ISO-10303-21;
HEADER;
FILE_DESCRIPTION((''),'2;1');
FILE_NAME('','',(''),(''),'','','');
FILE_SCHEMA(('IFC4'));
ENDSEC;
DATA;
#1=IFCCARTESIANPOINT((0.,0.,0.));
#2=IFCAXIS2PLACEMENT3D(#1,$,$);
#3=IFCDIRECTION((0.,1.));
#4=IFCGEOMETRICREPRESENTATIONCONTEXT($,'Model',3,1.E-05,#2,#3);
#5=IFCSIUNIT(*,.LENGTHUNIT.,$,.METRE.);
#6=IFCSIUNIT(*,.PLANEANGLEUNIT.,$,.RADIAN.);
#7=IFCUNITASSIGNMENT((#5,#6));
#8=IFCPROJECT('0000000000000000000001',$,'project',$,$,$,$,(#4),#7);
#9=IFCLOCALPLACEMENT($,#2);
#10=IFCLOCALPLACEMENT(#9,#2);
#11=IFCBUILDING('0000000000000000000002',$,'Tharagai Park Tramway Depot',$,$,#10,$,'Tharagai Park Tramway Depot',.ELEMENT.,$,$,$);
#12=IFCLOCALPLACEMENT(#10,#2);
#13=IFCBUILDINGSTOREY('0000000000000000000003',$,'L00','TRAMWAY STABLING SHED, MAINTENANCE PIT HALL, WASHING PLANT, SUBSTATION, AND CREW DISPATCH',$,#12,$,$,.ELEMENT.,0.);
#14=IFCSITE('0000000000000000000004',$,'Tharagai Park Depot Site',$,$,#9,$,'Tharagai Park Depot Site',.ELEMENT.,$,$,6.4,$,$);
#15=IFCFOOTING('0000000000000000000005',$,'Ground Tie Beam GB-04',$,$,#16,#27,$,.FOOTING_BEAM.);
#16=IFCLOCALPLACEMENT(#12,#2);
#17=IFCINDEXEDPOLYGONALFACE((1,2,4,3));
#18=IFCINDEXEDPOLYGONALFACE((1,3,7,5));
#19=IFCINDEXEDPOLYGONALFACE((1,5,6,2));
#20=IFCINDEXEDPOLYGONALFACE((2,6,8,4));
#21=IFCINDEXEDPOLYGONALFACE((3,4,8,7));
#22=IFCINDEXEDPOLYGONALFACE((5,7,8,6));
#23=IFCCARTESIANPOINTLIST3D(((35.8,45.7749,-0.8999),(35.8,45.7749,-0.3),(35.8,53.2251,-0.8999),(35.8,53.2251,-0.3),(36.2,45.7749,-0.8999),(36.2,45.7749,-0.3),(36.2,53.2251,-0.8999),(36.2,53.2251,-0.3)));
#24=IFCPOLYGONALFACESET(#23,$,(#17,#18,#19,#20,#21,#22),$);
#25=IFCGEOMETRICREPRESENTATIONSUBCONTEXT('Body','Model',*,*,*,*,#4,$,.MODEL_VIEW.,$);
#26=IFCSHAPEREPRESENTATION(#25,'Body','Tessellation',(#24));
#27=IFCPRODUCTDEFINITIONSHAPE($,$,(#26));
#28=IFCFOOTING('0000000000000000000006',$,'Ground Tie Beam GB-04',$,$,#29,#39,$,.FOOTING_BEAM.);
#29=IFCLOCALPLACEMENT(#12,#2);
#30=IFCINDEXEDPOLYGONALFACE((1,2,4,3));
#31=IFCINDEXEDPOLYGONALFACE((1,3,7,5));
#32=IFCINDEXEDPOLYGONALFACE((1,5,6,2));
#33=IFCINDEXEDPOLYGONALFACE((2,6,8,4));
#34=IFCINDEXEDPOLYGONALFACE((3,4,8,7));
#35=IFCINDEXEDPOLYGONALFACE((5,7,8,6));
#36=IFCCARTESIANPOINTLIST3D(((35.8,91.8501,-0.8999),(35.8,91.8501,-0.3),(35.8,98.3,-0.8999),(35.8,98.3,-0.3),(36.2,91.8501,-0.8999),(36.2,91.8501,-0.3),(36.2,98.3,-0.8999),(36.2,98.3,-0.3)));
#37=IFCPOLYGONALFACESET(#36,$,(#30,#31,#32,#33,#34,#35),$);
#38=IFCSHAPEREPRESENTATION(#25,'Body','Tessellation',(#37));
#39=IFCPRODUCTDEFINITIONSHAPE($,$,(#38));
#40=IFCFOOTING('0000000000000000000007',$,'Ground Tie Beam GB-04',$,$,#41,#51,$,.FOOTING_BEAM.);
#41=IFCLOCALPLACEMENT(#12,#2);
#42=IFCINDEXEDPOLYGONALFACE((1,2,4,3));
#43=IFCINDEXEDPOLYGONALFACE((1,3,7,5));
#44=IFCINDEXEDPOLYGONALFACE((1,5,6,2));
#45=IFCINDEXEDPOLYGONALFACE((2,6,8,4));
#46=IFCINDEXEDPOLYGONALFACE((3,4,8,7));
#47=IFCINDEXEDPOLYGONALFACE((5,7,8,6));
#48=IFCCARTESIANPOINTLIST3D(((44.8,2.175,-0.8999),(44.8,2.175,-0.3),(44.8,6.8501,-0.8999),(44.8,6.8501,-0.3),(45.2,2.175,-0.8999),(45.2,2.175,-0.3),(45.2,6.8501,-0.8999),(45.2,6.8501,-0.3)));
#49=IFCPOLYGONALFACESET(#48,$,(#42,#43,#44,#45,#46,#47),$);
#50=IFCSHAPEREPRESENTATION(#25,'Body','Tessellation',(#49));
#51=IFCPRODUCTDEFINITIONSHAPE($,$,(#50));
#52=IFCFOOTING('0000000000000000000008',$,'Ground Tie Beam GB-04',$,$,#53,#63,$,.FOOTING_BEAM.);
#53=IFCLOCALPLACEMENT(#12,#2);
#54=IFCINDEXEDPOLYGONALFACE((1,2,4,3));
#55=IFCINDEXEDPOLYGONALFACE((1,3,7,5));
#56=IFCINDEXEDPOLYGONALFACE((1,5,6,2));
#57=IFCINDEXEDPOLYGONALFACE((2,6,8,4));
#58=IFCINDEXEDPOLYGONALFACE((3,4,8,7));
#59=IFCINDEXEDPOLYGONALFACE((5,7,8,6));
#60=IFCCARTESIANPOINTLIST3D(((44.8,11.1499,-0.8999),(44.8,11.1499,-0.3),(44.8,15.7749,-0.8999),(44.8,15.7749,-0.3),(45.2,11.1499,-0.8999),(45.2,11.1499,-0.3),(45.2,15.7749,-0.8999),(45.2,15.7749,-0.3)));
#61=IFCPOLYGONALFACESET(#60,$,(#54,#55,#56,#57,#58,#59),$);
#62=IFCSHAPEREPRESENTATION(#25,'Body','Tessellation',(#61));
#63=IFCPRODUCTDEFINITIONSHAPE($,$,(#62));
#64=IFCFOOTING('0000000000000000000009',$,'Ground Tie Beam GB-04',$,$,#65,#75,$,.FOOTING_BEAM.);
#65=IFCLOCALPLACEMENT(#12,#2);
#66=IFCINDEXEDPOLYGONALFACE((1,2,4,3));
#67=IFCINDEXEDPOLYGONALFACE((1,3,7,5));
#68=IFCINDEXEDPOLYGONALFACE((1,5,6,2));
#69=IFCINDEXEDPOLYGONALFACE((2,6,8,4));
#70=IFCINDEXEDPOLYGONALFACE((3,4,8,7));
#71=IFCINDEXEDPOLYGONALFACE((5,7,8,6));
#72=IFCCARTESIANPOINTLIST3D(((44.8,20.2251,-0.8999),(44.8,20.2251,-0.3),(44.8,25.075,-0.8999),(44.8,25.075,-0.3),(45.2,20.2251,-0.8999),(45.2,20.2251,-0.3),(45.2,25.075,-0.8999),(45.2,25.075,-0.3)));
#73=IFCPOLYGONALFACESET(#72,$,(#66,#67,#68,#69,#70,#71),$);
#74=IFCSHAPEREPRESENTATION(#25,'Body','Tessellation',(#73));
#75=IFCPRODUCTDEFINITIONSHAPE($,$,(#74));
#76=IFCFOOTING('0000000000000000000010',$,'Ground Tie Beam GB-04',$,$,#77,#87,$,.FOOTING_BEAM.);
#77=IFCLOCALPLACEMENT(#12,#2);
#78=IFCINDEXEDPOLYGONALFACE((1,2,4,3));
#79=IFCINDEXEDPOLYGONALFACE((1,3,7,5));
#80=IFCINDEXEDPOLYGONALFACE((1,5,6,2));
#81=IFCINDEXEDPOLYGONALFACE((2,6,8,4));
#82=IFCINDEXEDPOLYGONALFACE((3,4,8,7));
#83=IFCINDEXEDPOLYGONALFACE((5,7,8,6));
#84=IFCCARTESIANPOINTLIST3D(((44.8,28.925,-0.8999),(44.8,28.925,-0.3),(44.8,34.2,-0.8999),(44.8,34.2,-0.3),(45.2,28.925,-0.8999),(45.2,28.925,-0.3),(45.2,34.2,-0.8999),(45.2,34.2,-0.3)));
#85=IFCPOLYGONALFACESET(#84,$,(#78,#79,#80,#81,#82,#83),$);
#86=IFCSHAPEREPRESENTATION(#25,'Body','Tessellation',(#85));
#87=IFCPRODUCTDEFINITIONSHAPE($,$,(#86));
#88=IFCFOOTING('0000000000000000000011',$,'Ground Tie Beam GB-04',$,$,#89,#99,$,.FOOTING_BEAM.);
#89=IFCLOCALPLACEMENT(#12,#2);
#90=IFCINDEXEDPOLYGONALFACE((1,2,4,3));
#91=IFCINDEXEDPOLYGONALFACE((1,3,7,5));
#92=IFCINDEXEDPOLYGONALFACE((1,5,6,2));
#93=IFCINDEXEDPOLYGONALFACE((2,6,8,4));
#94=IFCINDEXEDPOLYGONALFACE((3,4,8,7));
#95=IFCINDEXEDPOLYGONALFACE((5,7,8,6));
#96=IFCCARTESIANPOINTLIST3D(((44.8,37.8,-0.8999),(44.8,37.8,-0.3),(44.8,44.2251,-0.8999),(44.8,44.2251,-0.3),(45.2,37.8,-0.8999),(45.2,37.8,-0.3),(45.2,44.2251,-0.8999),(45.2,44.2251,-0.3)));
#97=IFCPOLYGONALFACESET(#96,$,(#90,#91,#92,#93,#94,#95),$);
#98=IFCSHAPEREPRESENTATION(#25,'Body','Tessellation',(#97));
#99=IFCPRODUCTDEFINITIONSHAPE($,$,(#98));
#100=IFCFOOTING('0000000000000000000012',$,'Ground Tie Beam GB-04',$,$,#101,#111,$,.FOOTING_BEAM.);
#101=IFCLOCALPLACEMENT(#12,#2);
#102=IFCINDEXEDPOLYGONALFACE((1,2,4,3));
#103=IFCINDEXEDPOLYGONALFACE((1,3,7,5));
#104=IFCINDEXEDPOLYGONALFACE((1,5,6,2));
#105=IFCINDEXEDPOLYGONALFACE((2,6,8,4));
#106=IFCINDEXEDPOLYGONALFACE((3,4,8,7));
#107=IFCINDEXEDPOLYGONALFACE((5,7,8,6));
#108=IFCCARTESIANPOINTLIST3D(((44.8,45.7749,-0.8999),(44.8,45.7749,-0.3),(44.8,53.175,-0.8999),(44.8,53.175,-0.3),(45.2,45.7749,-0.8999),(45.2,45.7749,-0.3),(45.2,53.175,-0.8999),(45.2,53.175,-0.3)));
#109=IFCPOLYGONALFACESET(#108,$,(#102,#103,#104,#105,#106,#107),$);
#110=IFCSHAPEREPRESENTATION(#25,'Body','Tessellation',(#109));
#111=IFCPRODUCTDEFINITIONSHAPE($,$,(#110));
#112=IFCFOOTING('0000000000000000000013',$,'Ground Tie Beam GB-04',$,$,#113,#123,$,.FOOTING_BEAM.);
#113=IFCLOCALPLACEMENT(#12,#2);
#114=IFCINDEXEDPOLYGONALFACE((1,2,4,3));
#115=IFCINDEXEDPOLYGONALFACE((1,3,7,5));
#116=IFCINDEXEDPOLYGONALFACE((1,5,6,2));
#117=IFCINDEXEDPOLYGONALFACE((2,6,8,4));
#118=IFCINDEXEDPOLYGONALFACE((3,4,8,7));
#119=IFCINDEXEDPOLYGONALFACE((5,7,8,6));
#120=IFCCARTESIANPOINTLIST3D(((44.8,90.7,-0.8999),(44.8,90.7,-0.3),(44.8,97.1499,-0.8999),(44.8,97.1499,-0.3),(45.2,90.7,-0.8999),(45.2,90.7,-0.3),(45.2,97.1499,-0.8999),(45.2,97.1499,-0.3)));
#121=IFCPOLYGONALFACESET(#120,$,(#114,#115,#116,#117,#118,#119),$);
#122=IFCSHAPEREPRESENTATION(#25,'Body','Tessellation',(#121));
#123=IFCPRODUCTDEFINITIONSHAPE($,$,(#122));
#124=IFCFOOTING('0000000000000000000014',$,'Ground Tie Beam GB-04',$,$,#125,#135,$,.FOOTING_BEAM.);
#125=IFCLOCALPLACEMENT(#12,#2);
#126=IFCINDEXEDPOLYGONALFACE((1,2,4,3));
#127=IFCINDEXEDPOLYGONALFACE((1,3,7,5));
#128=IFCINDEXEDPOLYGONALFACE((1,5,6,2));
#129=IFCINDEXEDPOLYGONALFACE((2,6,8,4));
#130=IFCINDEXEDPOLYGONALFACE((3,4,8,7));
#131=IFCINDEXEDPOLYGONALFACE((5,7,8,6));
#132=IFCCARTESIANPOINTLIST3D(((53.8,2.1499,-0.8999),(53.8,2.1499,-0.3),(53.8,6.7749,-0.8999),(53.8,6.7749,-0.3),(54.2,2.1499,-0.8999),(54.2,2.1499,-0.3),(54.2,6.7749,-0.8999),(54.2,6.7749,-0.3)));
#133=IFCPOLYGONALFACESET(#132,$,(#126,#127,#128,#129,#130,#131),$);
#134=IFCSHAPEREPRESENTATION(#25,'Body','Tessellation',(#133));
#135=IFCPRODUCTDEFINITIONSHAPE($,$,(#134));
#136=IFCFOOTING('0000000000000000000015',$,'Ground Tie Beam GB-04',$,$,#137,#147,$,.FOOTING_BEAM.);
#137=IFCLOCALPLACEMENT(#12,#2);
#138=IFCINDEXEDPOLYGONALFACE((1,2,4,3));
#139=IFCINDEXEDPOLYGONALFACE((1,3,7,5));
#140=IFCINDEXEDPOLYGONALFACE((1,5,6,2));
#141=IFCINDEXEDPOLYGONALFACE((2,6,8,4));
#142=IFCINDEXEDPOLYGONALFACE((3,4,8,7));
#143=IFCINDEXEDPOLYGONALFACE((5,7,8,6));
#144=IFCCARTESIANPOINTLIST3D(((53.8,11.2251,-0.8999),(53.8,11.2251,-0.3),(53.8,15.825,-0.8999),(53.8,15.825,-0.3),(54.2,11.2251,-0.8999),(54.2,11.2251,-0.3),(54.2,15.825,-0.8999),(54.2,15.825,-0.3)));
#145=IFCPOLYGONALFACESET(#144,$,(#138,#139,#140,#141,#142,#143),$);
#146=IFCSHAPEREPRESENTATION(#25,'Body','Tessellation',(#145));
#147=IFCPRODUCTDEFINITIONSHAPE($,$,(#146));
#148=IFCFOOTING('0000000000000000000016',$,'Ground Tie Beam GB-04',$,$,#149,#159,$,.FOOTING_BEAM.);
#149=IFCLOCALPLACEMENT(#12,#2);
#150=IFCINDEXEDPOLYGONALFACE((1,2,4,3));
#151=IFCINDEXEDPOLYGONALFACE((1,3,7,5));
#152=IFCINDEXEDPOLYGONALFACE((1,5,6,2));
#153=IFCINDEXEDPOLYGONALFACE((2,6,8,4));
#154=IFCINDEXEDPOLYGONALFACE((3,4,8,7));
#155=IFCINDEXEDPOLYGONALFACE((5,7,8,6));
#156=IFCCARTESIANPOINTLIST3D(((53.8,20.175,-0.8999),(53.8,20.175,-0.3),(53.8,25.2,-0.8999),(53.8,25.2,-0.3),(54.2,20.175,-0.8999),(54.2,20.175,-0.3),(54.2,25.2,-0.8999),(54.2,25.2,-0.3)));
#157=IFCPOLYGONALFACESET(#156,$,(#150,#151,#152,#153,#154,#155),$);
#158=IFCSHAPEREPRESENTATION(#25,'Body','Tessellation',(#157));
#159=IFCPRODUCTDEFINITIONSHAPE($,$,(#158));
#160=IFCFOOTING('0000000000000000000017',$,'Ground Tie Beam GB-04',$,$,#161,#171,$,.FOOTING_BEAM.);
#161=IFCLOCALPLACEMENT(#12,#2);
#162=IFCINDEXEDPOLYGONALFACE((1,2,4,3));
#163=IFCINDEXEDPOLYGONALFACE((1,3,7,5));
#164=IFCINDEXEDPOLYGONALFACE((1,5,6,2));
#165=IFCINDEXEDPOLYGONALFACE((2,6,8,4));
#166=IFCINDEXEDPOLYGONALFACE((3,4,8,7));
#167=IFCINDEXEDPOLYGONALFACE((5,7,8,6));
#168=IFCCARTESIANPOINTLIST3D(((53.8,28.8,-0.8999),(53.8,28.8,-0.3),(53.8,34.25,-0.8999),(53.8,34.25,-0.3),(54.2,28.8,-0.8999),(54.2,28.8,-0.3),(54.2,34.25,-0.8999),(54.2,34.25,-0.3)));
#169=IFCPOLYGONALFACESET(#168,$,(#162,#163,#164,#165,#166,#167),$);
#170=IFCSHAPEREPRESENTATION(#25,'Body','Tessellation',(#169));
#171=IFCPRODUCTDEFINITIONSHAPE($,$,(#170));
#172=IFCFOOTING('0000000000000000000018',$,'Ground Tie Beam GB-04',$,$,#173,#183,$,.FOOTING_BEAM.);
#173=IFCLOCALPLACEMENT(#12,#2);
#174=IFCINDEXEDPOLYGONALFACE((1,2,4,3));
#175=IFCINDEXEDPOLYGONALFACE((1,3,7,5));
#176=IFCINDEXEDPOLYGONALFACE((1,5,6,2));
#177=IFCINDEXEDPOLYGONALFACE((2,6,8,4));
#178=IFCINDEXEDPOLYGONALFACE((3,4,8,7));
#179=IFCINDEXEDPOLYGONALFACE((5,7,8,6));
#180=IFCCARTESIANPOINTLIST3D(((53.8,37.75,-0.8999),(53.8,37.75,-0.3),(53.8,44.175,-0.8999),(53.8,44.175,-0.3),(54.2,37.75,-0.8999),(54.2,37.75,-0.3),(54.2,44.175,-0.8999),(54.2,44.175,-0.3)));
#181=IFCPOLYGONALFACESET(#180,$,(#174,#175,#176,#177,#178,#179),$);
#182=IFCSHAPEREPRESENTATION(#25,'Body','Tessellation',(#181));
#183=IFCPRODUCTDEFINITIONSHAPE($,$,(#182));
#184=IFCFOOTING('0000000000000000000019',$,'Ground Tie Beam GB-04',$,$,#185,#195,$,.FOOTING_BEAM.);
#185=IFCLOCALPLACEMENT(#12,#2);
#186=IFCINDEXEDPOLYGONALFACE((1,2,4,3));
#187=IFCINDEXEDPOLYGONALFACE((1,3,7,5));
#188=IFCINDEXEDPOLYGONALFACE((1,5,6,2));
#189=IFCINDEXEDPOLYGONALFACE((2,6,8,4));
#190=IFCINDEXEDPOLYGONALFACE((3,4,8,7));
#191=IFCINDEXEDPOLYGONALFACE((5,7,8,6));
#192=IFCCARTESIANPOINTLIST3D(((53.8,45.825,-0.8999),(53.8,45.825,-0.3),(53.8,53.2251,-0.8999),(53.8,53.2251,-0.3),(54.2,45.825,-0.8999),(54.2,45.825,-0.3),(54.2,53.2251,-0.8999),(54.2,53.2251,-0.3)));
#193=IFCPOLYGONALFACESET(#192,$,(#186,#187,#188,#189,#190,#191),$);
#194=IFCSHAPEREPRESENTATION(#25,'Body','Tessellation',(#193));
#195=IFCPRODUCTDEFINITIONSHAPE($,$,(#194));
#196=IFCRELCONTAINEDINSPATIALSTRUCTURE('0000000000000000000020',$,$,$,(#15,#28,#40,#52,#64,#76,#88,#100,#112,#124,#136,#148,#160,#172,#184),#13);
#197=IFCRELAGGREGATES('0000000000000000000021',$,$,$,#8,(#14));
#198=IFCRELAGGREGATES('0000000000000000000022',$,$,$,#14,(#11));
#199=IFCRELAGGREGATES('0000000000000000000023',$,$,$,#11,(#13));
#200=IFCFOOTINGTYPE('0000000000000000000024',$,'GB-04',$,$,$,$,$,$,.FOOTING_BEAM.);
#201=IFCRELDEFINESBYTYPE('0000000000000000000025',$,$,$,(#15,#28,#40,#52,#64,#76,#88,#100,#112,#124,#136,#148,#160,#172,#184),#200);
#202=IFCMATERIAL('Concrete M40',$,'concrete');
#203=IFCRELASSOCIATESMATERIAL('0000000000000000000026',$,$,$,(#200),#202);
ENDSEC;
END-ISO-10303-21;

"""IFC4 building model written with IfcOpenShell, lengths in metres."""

from ifc_helpers import new_model, si_unit, direction, frame, origin, place, context, subcontext, project, spatial, polyline, outline, extrude, material, type_object, element, save


model = new_model("IFC4")

# Units and contexts
model_context = context("Model", 3, precision=1e-05, world=origin(), true_north=direction((0.0, 1.0)))
body_context = subcontext(model_context, "Body", "Model", "MODEL_VIEW")
ifc_project = project(units=[si_unit("LENGTHUNIT", "METRE"), si_unit("PLANEANGLEUNIT", "RADIAN")], contexts=[model_context])

# Site, building, storey
site_placement = place(None, origin())
site = spatial("IfcSite", under=ifc_project, at=site_placement, Name="Tharagai Park Depot Site", LongName="Tharagai Park Depot Site", CompositionType="ELEMENT", RefElevation=6.4)
building_placement = place(site_placement, origin())
building = spatial("IfcBuilding", under=site, at=building_placement, Name="Tharagai Park Tramway Depot", LongName="Tharagai Park Tramway Depot", CompositionType="ELEMENT")
storey_placement = place(building_placement, origin())
storey = spatial("IfcBuildingStorey", under=building, at=storey_placement, Name="L00", Description="TRAMWAY STABLING SHED, MAINTENANCE PIT HALL, WASHING PLANT, SUBSTATION, AND CREW DISPATCH", CompositionType="ELEMENT", Elevation=0.0)

# Footings
ifc_material = material(Name="Concrete M40", Category="concrete")
footing_type = type_object("IfcFootingType", Name="GB-04", PredefinedType="FOOTING_BEAM", material=ifc_material)
footing_1_placement = place(storey_placement, frame((0.0, 0.0, -0.8999)))
element("IfcFooting", 1, at=footing_1_placement, inside=storey, type_object=footing_type, Name="Ground Tie Beam GB-04", PredefinedType="FOOTING_BEAM", context=body_context, shape_type="SweptSolid", body=[
    extrude(outline(polyline([(35.8, 45.7749), (36.2, 45.7749), (36.2, 53.2251), (35.8, 53.2251), (35.8, 45.7749)])), origin(), (0.0, 0.0, 1.0), 0.5999),
])
footing_2_placement = place(storey_placement, frame((0.0, 0.0, -0.8999)))
element("IfcFooting", 2, at=footing_2_placement, inside=storey, type_object=footing_type, Name="Ground Tie Beam GB-04", PredefinedType="FOOTING_BEAM", context=body_context, shape_type="SweptSolid", body=[
    extrude(outline(polyline([(35.8, 91.8501), (36.2, 91.8501), (36.2, 98.3), (35.8, 98.3), (35.8, 91.8501)])), origin(), (0.0, 0.0, 1.0), 0.5999),
])
footing_3_placement = place(storey_placement, frame((0.0, 0.0, -0.8999)))
element("IfcFooting", 3, at=footing_3_placement, inside=storey, type_object=footing_type, Name="Ground Tie Beam GB-04", PredefinedType="FOOTING_BEAM", context=body_context, shape_type="SweptSolid", body=[
    extrude(outline(polyline([(44.8, 2.175), (45.2, 2.175), (45.2, 6.8501), (44.8, 6.8501), (44.8, 2.175)])), origin(), (0.0, 0.0, 1.0), 0.5999),
])
footing_4_placement = place(storey_placement, frame((0.0, 0.0, -0.8999)))
element("IfcFooting", 4, at=footing_4_placement, inside=storey, type_object=footing_type, Name="Ground Tie Beam GB-04", PredefinedType="FOOTING_BEAM", context=body_context, shape_type="SweptSolid", body=[
    extrude(outline(polyline([(44.8, 11.1499), (45.2, 11.1499), (45.2, 15.7749), (44.8, 15.7749), (44.8, 11.1499)])), origin(), (0.0, 0.0, 1.0), 0.5999),
])
footing_5_placement = place(storey_placement, frame((0.0, 0.0, -0.8999)))
element("IfcFooting", 5, at=footing_5_placement, inside=storey, type_object=footing_type, Name="Ground Tie Beam GB-04", PredefinedType="FOOTING_BEAM", context=body_context, shape_type="SweptSolid", body=[
    extrude(outline(polyline([(44.8, 20.2251), (45.2, 20.2251), (45.2, 25.075), (44.8, 25.075), (44.8, 20.2251)])), origin(), (0.0, 0.0, 1.0), 0.5999),
])
footing_6_placement = place(storey_placement, frame((0.0, 0.0, -0.8999)))
element("IfcFooting", 6, at=footing_6_placement, inside=storey, type_object=footing_type, Name="Ground Tie Beam GB-04", PredefinedType="FOOTING_BEAM", context=body_context, shape_type="SweptSolid", body=[
    extrude(outline(polyline([(44.8, 28.925), (45.2, 28.925), (45.2, 34.2), (44.8, 34.2), (44.8, 28.925)])), origin(), (0.0, 0.0, 1.0), 0.5999),
])
footing_7_placement = place(storey_placement, frame((0.0, 0.0, -0.8999)))
element("IfcFooting", 7, at=footing_7_placement, inside=storey, type_object=footing_type, Name="Ground Tie Beam GB-04", PredefinedType="FOOTING_BEAM", context=body_context, shape_type="SweptSolid", body=[
    extrude(outline(polyline([(44.8, 37.8), (45.2, 37.8), (45.2, 44.2251), (44.8, 44.2251), (44.8, 37.8)])), origin(), (0.0, 0.0, 1.0), 0.5999),
])
footing_8_placement = place(storey_placement, frame((0.0, 0.0, -0.8999)))
element("IfcFooting", 8, at=footing_8_placement, inside=storey, type_object=footing_type, Name="Ground Tie Beam GB-04", PredefinedType="FOOTING_BEAM", context=body_context, shape_type="SweptSolid", body=[
    extrude(outline(polyline([(44.8, 45.7749), (45.2, 45.7749), (45.2, 53.175), (44.8, 53.175), (44.8, 45.7749)])), origin(), (0.0, 0.0, 1.0), 0.5999),
])
footing_9_placement = place(storey_placement, frame((0.0, 0.0, -0.8999)))
element("IfcFooting", 9, at=footing_9_placement, inside=storey, type_object=footing_type, Name="Ground Tie Beam GB-04", PredefinedType="FOOTING_BEAM", context=body_context, shape_type="SweptSolid", body=[
    extrude(outline(polyline([(44.8, 90.7), (45.2, 90.7), (45.2, 97.1499), (44.8, 97.1499), (44.8, 90.7)])), origin(), (0.0, 0.0, 1.0), 0.5999),
])
footing_10_placement = place(storey_placement, frame((0.0, 0.0, -0.8999)))
element("IfcFooting", 10, at=footing_10_placement, inside=storey, type_object=footing_type, Name="Ground Tie Beam GB-04", PredefinedType="FOOTING_BEAM", context=body_context, shape_type="SweptSolid", body=[
    extrude(outline(polyline([(53.8, 2.1499), (54.2, 2.1499), (54.2, 6.7749), (53.8, 6.7749), (53.8, 2.1499)])), origin(), (0.0, 0.0, 1.0), 0.5999),
])
footing_11_placement = place(storey_placement, frame((0.0, 0.0, -0.8999)))
element("IfcFooting", 11, at=footing_11_placement, inside=storey, type_object=footing_type, Name="Ground Tie Beam GB-04", PredefinedType="FOOTING_BEAM", context=body_context, shape_type="SweptSolid", body=[
    extrude(outline(polyline([(53.8, 11.2251), (54.2, 11.2251), (54.2, 15.825), (53.8, 15.825), (53.8, 11.2251)])), origin(), (0.0, 0.0, 1.0), 0.5999),
])
footing_12_placement = place(storey_placement, frame((0.0, 0.0, -0.8999)))
element("IfcFooting", 12, at=footing_12_placement, inside=storey, type_object=footing_type, Name="Ground Tie Beam GB-04", PredefinedType="FOOTING_BEAM", context=body_context, shape_type="SweptSolid", body=[
    extrude(outline(polyline([(53.8, 20.175), (54.2, 20.175), (54.2, 25.2), (53.8, 25.2), (53.8, 20.175)])), origin(), (0.0, 0.0, 1.0), 0.5999),
])
footing_13_placement = place(storey_placement, frame((0.0, 0.0, -0.8999)))
element("IfcFooting", 13, at=footing_13_placement, inside=storey, type_object=footing_type, Name="Ground Tie Beam GB-04", PredefinedType="FOOTING_BEAM", context=body_context, shape_type="SweptSolid", body=[
    extrude(outline(polyline([(53.8, 28.8), (54.2, 28.8), (54.2, 34.25), (53.8, 34.25), (53.8, 28.8)])), origin(), (0.0, 0.0, 1.0), 0.5999),
])
footing_14_placement = place(storey_placement, frame((0.0, 0.0, -0.8999)))
element("IfcFooting", 14, at=footing_14_placement, inside=storey, type_object=footing_type, Name="Ground Tie Beam GB-04", PredefinedType="FOOTING_BEAM", context=body_context, shape_type="SweptSolid", body=[
    extrude(outline(polyline([(53.8, 37.75), (54.2, 37.75), (54.2, 44.175), (53.8, 44.175), (53.8, 37.75)])), origin(), (0.0, 0.0, 1.0), 0.5999),
])
footing_15_placement = place(storey_placement, frame((0.0, 0.0, -0.8999)))
element("IfcFooting", 15, at=footing_15_placement, inside=storey, type_object=footing_type, Name="Ground Tie Beam GB-04", PredefinedType="FOOTING_BEAM", context=body_context, shape_type="SweptSolid", body=[
    extrude(outline(polyline([(53.8, 45.825), (54.2, 45.825), (54.2, 53.2251), (53.8, 53.2251), (53.8, 45.825)])), origin(), (0.0, 0.0, 1.0), 0.5999),
])

save(model, "model.ifc")
